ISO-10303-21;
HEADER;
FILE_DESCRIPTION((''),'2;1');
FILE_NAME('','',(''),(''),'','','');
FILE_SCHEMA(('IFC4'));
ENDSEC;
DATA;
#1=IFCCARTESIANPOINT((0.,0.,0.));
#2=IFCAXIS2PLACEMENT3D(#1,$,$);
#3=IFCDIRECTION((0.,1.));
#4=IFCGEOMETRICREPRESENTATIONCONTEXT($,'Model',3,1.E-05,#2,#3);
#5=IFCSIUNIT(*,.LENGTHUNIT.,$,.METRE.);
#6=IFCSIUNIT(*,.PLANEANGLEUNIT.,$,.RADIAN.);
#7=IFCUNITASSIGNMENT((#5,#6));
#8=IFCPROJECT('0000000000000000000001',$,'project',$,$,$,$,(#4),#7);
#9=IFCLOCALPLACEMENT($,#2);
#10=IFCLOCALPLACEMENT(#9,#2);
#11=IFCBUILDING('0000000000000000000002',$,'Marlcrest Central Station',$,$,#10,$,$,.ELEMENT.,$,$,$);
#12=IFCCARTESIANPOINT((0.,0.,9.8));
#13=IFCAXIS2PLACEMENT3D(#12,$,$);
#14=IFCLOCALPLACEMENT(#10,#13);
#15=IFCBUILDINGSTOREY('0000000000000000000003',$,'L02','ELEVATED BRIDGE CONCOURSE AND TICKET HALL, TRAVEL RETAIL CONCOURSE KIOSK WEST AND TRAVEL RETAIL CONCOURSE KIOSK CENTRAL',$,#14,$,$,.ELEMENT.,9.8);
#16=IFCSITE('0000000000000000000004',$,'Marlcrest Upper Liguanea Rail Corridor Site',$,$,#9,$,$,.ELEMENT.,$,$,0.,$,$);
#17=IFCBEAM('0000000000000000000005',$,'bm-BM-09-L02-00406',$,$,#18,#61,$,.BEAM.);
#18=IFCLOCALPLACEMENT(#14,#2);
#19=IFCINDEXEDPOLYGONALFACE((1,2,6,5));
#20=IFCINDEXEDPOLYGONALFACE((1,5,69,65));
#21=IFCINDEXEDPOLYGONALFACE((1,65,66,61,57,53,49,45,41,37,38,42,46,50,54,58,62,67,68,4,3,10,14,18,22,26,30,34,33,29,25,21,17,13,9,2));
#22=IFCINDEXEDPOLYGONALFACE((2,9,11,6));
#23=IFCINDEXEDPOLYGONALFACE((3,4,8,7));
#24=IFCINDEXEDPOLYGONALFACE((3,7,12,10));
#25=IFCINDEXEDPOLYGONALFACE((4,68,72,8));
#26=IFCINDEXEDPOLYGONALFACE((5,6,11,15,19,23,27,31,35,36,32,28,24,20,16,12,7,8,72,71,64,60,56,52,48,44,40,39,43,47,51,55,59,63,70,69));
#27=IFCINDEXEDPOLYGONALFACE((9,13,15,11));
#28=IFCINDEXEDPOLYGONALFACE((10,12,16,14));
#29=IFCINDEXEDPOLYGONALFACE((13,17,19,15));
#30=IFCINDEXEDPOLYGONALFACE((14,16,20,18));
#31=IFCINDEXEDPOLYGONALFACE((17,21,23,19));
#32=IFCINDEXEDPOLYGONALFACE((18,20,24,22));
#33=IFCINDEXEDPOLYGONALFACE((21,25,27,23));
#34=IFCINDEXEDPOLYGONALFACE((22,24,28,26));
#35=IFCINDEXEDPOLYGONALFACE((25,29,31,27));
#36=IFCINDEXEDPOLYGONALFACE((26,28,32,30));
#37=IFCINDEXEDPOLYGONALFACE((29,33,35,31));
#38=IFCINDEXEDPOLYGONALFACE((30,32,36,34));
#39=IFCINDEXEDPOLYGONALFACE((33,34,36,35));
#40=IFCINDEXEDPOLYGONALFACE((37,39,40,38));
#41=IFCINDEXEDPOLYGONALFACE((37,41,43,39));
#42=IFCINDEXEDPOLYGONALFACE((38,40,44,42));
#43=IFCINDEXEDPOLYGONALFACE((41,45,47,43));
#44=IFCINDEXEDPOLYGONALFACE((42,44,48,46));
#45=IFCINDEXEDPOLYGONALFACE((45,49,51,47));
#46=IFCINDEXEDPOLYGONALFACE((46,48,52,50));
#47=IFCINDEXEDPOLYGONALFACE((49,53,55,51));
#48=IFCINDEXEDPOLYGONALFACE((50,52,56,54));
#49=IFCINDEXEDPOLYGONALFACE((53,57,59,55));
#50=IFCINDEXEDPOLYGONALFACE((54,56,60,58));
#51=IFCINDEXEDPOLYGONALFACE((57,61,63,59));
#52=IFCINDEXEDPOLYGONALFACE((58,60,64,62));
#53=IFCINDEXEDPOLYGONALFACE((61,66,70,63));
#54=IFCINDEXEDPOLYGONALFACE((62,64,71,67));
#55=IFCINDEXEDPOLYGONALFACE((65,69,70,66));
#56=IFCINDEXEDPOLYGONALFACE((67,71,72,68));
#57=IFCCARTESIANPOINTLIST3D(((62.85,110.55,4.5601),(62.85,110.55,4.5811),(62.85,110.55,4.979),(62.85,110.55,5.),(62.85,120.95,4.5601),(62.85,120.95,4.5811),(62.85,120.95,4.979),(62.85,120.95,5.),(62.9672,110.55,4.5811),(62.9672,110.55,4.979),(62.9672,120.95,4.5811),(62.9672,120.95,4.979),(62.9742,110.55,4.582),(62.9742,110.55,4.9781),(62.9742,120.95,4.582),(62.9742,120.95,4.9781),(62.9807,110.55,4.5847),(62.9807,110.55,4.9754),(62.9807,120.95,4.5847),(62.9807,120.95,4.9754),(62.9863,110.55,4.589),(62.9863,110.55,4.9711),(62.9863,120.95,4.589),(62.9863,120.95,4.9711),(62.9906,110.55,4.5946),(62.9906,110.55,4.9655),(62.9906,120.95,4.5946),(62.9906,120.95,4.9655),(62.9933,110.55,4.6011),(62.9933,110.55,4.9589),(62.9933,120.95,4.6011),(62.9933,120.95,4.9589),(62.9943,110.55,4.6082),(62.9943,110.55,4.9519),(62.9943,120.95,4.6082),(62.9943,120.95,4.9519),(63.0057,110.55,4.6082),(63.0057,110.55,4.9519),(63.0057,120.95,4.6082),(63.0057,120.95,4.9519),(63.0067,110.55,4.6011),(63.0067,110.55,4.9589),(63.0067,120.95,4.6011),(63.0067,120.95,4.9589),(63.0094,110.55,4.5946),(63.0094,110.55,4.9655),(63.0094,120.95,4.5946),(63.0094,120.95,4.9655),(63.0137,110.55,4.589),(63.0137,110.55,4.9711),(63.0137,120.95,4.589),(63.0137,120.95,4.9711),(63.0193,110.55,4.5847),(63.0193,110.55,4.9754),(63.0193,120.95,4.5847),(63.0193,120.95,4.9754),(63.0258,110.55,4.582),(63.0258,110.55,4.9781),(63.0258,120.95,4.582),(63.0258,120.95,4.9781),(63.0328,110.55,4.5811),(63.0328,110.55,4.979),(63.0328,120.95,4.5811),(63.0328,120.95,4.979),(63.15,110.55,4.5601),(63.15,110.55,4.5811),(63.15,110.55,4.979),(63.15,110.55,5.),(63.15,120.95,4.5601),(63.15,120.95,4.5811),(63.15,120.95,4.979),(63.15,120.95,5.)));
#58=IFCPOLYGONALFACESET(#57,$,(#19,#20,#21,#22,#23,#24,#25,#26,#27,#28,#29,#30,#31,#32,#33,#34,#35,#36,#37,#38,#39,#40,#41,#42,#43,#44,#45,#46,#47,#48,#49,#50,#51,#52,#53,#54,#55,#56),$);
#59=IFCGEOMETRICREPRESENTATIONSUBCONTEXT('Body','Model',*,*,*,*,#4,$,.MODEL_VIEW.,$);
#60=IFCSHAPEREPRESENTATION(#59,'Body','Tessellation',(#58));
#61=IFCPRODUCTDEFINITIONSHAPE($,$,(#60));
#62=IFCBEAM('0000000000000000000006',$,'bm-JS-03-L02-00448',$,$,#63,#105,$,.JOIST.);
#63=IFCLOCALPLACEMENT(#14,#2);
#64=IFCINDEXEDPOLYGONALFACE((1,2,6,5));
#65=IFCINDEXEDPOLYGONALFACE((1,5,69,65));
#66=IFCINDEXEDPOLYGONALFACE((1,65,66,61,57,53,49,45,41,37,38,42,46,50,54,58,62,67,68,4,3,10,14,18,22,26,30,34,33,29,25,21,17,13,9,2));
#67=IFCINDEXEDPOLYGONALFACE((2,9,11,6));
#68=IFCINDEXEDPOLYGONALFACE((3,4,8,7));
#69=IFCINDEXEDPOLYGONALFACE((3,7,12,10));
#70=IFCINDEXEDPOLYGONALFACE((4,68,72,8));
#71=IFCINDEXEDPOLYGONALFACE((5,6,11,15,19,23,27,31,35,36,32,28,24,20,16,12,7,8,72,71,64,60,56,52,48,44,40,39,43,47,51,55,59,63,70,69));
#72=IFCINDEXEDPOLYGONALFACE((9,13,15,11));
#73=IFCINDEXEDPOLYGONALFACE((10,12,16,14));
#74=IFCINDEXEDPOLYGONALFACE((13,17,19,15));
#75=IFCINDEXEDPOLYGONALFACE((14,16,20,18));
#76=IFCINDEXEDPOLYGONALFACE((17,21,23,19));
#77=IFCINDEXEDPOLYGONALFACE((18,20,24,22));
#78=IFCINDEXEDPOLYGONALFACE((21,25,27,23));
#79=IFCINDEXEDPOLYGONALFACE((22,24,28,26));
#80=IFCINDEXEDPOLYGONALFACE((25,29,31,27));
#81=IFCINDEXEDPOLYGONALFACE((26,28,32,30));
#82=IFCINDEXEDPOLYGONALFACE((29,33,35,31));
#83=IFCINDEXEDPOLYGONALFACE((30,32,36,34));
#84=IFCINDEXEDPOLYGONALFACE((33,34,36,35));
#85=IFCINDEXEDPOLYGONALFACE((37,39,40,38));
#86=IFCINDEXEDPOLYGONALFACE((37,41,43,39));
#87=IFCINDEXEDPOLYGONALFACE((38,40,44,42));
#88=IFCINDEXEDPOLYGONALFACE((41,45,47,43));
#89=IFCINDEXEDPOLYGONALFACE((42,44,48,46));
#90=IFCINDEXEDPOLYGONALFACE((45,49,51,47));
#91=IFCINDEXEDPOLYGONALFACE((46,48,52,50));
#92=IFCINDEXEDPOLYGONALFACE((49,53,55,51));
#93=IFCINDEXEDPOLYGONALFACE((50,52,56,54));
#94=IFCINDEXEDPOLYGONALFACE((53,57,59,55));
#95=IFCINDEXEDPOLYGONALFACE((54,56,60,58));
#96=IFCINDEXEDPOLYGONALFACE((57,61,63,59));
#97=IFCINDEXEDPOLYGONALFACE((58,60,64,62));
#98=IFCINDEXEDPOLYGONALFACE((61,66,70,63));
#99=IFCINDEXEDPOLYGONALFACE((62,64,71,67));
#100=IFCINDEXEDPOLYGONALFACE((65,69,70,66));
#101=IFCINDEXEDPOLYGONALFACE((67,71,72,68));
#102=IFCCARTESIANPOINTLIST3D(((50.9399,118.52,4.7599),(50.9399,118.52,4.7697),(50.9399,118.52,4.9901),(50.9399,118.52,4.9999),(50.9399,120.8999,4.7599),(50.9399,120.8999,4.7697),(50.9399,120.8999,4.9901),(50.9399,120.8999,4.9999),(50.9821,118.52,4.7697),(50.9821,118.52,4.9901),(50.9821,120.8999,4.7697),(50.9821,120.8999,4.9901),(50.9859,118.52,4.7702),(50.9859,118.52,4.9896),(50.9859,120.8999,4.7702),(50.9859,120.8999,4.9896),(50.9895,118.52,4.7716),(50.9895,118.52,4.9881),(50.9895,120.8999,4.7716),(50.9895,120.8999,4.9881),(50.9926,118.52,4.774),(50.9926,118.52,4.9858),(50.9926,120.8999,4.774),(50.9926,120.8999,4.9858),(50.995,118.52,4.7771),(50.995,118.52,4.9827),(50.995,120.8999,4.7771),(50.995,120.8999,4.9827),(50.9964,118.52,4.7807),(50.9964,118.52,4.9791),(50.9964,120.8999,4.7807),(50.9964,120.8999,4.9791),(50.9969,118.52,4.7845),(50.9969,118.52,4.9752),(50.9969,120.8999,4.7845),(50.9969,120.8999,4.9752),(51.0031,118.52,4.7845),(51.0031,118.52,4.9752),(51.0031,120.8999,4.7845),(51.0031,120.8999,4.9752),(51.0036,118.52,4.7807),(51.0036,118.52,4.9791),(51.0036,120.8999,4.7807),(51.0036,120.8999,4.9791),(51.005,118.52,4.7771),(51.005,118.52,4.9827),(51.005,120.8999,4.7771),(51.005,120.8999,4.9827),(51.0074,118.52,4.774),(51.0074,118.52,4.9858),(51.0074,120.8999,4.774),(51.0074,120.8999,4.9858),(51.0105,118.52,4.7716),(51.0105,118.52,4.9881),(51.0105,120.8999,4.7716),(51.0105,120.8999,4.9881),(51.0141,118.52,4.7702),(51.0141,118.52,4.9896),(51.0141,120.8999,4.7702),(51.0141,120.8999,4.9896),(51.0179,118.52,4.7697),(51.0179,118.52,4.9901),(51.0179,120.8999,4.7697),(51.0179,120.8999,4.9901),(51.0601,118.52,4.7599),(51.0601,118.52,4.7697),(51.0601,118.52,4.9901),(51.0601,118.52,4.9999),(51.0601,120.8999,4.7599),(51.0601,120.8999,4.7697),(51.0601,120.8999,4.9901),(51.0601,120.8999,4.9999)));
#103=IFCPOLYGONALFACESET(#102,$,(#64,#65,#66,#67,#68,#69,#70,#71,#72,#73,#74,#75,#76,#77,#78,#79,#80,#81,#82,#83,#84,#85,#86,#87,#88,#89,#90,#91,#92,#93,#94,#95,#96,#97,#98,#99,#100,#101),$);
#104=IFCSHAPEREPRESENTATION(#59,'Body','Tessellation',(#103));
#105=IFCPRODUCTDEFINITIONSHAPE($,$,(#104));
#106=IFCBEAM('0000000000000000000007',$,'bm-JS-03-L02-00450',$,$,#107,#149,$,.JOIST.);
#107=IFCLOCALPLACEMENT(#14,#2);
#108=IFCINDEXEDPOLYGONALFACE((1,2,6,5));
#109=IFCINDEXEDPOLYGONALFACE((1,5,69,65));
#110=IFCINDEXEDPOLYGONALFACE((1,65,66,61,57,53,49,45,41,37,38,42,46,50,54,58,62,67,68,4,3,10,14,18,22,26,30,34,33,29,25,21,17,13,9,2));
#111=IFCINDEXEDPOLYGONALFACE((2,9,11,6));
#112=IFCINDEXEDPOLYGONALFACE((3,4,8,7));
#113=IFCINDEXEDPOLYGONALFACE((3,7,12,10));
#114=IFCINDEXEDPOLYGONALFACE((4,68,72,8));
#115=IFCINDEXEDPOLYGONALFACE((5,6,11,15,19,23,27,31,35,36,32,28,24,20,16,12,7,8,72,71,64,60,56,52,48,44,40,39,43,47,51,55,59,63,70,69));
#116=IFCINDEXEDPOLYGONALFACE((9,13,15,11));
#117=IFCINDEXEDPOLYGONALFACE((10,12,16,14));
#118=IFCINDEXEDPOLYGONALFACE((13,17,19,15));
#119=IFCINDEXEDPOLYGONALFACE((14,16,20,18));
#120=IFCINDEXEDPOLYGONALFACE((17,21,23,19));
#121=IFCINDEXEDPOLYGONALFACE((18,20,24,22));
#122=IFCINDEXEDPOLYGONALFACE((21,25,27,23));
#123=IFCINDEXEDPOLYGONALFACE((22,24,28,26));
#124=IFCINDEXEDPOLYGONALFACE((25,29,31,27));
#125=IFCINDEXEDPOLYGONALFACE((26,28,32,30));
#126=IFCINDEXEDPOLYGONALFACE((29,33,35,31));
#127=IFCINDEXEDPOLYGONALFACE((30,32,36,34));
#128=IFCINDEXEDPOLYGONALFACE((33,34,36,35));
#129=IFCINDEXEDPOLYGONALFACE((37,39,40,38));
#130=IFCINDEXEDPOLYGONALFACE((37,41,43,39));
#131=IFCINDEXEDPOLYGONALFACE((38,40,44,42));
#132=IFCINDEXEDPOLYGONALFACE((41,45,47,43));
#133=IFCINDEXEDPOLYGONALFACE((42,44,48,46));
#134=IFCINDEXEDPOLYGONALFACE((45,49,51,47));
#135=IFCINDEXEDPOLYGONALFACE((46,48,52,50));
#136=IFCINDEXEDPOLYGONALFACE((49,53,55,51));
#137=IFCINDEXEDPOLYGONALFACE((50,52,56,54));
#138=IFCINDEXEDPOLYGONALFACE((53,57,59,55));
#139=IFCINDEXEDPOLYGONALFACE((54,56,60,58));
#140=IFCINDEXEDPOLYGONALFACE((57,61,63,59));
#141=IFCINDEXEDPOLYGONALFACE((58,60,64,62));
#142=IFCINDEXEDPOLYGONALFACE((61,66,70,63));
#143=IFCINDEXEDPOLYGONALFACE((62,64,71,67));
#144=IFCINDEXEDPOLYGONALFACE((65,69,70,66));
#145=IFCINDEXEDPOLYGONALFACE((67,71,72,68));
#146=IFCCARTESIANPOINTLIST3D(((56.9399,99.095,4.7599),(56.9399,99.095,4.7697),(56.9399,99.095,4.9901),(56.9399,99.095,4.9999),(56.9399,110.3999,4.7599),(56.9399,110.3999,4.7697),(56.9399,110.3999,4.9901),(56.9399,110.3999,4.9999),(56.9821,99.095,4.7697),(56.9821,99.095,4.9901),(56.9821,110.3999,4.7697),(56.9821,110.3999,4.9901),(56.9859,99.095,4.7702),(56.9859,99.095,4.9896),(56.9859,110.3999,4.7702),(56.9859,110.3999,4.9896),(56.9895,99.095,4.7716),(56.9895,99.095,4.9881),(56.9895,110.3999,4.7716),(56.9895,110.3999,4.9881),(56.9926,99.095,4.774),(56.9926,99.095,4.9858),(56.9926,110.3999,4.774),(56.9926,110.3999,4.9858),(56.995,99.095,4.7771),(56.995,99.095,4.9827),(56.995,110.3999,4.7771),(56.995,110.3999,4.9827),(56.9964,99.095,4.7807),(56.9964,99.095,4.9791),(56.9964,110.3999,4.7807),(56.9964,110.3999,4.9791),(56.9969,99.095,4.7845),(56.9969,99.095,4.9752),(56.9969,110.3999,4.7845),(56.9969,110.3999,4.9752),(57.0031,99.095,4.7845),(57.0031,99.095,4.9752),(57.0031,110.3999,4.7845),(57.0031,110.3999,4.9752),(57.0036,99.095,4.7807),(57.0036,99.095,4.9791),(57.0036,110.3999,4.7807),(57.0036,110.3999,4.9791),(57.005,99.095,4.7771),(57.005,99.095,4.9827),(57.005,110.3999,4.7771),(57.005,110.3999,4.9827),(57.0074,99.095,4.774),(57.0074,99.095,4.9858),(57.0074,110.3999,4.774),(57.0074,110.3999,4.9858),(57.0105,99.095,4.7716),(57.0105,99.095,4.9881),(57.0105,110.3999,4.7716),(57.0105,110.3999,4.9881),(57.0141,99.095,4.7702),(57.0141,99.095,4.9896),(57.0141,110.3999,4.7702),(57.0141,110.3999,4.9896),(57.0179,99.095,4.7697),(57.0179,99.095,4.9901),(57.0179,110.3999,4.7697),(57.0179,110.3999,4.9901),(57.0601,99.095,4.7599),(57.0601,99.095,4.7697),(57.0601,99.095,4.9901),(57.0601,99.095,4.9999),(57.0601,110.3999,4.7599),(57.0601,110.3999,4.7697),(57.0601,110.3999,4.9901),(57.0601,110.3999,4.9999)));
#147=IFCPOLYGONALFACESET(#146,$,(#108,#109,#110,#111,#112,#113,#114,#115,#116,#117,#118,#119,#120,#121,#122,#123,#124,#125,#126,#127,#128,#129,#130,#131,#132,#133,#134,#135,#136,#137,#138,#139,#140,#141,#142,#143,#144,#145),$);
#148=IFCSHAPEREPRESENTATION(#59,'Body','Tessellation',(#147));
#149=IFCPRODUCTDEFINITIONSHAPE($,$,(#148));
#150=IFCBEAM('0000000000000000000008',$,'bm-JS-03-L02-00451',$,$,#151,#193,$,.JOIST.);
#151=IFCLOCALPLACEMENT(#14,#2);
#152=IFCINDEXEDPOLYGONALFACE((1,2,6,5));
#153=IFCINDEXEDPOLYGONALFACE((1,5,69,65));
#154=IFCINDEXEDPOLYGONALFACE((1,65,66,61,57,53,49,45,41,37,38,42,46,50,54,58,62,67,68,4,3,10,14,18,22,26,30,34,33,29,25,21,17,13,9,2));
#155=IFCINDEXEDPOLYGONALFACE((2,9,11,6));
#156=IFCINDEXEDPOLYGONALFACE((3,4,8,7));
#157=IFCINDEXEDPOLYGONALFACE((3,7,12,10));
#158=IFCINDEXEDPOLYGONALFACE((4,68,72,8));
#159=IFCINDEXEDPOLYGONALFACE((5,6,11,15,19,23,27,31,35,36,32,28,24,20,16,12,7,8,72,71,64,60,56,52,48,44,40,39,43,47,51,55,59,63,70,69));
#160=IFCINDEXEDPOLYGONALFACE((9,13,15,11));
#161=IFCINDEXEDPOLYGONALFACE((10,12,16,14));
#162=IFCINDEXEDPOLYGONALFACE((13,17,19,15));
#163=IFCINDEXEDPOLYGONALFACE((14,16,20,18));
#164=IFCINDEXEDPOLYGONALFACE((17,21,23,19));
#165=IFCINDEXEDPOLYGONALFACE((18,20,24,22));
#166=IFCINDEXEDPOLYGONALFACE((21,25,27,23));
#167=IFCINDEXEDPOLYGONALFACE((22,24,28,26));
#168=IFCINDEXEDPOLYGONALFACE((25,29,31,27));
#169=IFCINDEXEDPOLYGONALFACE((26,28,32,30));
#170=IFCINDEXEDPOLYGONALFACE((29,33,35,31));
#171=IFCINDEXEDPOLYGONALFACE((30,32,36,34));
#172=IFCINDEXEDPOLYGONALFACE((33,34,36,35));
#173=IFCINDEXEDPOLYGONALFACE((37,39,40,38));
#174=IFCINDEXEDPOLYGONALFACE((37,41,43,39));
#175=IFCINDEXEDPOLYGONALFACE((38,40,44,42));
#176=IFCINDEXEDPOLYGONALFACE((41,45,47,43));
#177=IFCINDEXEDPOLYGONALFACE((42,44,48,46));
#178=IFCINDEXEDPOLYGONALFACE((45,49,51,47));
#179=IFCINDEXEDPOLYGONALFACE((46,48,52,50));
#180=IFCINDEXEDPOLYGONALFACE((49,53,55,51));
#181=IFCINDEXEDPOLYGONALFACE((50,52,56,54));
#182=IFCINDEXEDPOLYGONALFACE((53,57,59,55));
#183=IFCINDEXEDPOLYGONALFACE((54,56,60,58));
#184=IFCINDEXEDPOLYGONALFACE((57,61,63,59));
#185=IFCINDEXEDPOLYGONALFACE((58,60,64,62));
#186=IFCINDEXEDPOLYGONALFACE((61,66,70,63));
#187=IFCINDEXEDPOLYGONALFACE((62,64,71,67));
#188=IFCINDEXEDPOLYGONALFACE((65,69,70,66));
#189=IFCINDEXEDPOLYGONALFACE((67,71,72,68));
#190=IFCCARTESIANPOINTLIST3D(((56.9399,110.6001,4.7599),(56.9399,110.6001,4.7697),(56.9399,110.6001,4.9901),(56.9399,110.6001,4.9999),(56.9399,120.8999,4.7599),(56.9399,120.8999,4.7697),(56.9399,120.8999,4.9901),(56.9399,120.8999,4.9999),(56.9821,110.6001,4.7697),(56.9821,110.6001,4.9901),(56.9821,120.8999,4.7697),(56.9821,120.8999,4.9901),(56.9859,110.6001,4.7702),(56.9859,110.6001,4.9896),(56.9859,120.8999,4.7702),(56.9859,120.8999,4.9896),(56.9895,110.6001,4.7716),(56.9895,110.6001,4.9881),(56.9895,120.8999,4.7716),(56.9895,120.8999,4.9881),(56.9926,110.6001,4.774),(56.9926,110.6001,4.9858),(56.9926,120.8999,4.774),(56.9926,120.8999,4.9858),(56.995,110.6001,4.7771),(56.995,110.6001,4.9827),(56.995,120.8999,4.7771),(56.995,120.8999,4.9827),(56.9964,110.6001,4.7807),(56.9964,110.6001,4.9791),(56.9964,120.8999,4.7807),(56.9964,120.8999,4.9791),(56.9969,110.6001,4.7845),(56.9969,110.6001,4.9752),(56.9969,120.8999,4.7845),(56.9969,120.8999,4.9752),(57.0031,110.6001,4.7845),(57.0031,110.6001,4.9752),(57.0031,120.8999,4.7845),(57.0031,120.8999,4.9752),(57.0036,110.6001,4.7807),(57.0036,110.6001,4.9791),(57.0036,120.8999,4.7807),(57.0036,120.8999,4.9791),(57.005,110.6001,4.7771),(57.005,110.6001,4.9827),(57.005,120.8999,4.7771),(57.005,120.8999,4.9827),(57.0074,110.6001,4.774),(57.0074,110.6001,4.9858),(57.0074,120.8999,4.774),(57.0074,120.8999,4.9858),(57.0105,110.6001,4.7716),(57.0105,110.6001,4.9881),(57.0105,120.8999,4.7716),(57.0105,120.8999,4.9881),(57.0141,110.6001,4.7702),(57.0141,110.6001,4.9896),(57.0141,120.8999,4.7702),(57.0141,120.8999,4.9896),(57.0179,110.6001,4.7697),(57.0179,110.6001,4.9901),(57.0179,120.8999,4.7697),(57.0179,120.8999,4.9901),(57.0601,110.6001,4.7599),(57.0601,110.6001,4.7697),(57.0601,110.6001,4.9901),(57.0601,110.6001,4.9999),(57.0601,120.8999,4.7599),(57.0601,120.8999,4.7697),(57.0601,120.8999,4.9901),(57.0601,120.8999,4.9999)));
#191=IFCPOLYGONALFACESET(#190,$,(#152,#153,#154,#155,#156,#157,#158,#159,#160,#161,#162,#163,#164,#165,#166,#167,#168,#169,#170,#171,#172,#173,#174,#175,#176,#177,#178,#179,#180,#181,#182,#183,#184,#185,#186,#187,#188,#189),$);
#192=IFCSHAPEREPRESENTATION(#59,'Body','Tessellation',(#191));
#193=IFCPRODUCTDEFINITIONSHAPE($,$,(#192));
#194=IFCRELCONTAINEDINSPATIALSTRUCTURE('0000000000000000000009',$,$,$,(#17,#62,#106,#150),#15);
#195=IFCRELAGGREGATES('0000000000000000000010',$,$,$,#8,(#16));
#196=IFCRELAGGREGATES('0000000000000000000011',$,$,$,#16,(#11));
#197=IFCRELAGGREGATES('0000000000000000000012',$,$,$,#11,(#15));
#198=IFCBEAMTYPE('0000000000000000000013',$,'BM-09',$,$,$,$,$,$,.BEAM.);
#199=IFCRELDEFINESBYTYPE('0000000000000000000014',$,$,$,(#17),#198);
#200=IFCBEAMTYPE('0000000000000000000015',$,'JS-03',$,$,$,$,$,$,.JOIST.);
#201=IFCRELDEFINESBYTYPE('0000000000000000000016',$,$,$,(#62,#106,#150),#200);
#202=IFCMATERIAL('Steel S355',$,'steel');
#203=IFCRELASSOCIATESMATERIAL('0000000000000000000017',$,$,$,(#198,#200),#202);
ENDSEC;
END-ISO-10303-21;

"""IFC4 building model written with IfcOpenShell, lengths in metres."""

from ifc_helpers import new_model, si_unit, direction, frame, origin, origin_2d, place, context, subcontext, project, spatial, i_section, extrude, material, material_profile, profile_set, type_object, element, save


model = new_model("IFC4")

# Units and contexts
model_context = context("Model", 3, precision=1e-05, world=origin(), true_north=direction((0.0, 1.0)))
body_context = subcontext(model_context, "Body", "Model", "MODEL_VIEW")
ifc_project = project(units=[si_unit("LENGTHUNIT", "METRE"), si_unit("PLANEANGLEUNIT", "RADIAN")], contexts=[model_context])

# Site, building, storey
site_placement = place(None, origin())
site = spatial("IfcSite", under=ifc_project, at=site_placement, Name="Marlcrest Upper Liguanea Rail Corridor Site", CompositionType="ELEMENT", RefElevation=0.0)
building_placement = place(site_placement, origin())
building = spatial("IfcBuilding", under=site, at=building_placement, Name="Marlcrest Central Station", CompositionType="ELEMENT")
storey_placement = place(building_placement, frame((0.0, 0.0, 9.8)))
storey = spatial("IfcBuildingStorey", under=building, at=storey_placement, Name="L02", Description="ELEVATED BRIDGE CONCOURSE AND TICKET HALL, TRAVEL RETAIL CONCOURSE KIOSK WEST AND TRAVEL RETAIL CONCOURSE KIOSK CENTRAL", CompositionType="ELEMENT", Elevation=9.8)

# Shared definitions
ifc_material_1 = material(Name="Steel S355", Category="steel")

# Beams
ifc_material_profile_1 = material_profile(ifc_material_1, i_section(OverallWidth=0.3, OverallDepth=0.4399, WebThickness=0.0115, FlangeThickness=0.021, FilletRadius=0.0271, at=origin_2d()), Name="HEA 450")
ifc_profile_set_1 = profile_set([ifc_material_profile_1], Name="Steel S355")
beam_type_1 = type_object("IfcBeamType", Name="BM-09", PredefinedType="BEAM", material=ifc_profile_set_1)
for number, where, z_axis, x_axis, name in (
    (1, (63.0, 110.55, 4.78), (0.0, 1.0, 0.0), (-1.0, 0.0, 0.0), "bm-BM-09-L02-00406"),
):
    element("IfcBeam", number, at=place(storey_placement, frame(where, z_axis=z_axis, x_axis=x_axis)), inside=storey, type_object=beam_type_1, Name=name, PredefinedType="BEAM", context=body_context, shape_type="SweptSolid", body=[
        extrude(i_section(OverallWidth=0.3, OverallDepth=0.4399, WebThickness=0.0115, FlangeThickness=0.021, FilletRadius=0.0271, at=origin_2d()), origin(), (0.0, 0.0, 1.0), 10.3999),
    ])
ifc_material_profile_2 = material_profile(ifc_material_1, i_section(OverallWidth=0.1201, OverallDepth=0.24, WebThickness=0.0061, FlangeThickness=0.0098, FilletRadius=0.0149, at=origin_2d()), Name="IPE 240")
ifc_profile_set_2 = profile_set([ifc_material_profile_2], Name="Steel S355")
beam_type_2 = type_object("IfcBeamType", Name="JS-03", PredefinedType="JOIST", material=ifc_profile_set_2)
beam_1_placement = place(storey_placement, frame((51.0, 118.52, 4.8799), z_axis=(0.0, 1.0, 0.0), x_axis=(-1.0, 0.0, 0.0)))
element("IfcBeam", 2, at=beam_1_placement, inside=storey, type_object=beam_type_2, Name="bm-JS-03-L02-00448", PredefinedType="JOIST", context=body_context, shape_type="SweptSolid", body=[
    extrude(i_section(OverallWidth=0.1201, OverallDepth=0.24, WebThickness=0.0061, FlangeThickness=0.0098, FilletRadius=0.0149, at=origin_2d()), origin(), (0.0, 0.0, 1.0), 2.3799),
])
beam_2_placement = place(storey_placement, frame((57.0, 99.095, 4.8799), z_axis=(0.0, 1.0, 0.0), x_axis=(-1.0, 0.0, 0.0)))
element("IfcBeam", 3, at=beam_2_placement, inside=storey, type_object=beam_type_2, Name="bm-JS-03-L02-00450", PredefinedType="JOIST", context=body_context, shape_type="SweptSolid", body=[
    extrude(i_section(OverallWidth=0.1201, OverallDepth=0.24, WebThickness=0.0061, FlangeThickness=0.0098, FilletRadius=0.0149, at=origin_2d()), origin(), (0.0, 0.0, 1.0), 11.3049),
])
beam_3_placement = place(storey_placement, frame((57.0, 110.6001, 4.8799), z_axis=(0.0, 1.0, 0.0), x_axis=(-1.0, 0.0, 0.0)))
element("IfcBeam", 4, at=beam_3_placement, inside=storey, type_object=beam_type_2, Name="bm-JS-03-L02-00451", PredefinedType="JOIST", context=body_context, shape_type="SweptSolid", body=[
    extrude(i_section(OverallWidth=0.1201, OverallDepth=0.24, WebThickness=0.0061, FlangeThickness=0.0098, FilletRadius=0.0149, at=origin_2d()), origin(), (0.0, 0.0, 1.0), 10.2998),
])

save(model, "model.ifc")
